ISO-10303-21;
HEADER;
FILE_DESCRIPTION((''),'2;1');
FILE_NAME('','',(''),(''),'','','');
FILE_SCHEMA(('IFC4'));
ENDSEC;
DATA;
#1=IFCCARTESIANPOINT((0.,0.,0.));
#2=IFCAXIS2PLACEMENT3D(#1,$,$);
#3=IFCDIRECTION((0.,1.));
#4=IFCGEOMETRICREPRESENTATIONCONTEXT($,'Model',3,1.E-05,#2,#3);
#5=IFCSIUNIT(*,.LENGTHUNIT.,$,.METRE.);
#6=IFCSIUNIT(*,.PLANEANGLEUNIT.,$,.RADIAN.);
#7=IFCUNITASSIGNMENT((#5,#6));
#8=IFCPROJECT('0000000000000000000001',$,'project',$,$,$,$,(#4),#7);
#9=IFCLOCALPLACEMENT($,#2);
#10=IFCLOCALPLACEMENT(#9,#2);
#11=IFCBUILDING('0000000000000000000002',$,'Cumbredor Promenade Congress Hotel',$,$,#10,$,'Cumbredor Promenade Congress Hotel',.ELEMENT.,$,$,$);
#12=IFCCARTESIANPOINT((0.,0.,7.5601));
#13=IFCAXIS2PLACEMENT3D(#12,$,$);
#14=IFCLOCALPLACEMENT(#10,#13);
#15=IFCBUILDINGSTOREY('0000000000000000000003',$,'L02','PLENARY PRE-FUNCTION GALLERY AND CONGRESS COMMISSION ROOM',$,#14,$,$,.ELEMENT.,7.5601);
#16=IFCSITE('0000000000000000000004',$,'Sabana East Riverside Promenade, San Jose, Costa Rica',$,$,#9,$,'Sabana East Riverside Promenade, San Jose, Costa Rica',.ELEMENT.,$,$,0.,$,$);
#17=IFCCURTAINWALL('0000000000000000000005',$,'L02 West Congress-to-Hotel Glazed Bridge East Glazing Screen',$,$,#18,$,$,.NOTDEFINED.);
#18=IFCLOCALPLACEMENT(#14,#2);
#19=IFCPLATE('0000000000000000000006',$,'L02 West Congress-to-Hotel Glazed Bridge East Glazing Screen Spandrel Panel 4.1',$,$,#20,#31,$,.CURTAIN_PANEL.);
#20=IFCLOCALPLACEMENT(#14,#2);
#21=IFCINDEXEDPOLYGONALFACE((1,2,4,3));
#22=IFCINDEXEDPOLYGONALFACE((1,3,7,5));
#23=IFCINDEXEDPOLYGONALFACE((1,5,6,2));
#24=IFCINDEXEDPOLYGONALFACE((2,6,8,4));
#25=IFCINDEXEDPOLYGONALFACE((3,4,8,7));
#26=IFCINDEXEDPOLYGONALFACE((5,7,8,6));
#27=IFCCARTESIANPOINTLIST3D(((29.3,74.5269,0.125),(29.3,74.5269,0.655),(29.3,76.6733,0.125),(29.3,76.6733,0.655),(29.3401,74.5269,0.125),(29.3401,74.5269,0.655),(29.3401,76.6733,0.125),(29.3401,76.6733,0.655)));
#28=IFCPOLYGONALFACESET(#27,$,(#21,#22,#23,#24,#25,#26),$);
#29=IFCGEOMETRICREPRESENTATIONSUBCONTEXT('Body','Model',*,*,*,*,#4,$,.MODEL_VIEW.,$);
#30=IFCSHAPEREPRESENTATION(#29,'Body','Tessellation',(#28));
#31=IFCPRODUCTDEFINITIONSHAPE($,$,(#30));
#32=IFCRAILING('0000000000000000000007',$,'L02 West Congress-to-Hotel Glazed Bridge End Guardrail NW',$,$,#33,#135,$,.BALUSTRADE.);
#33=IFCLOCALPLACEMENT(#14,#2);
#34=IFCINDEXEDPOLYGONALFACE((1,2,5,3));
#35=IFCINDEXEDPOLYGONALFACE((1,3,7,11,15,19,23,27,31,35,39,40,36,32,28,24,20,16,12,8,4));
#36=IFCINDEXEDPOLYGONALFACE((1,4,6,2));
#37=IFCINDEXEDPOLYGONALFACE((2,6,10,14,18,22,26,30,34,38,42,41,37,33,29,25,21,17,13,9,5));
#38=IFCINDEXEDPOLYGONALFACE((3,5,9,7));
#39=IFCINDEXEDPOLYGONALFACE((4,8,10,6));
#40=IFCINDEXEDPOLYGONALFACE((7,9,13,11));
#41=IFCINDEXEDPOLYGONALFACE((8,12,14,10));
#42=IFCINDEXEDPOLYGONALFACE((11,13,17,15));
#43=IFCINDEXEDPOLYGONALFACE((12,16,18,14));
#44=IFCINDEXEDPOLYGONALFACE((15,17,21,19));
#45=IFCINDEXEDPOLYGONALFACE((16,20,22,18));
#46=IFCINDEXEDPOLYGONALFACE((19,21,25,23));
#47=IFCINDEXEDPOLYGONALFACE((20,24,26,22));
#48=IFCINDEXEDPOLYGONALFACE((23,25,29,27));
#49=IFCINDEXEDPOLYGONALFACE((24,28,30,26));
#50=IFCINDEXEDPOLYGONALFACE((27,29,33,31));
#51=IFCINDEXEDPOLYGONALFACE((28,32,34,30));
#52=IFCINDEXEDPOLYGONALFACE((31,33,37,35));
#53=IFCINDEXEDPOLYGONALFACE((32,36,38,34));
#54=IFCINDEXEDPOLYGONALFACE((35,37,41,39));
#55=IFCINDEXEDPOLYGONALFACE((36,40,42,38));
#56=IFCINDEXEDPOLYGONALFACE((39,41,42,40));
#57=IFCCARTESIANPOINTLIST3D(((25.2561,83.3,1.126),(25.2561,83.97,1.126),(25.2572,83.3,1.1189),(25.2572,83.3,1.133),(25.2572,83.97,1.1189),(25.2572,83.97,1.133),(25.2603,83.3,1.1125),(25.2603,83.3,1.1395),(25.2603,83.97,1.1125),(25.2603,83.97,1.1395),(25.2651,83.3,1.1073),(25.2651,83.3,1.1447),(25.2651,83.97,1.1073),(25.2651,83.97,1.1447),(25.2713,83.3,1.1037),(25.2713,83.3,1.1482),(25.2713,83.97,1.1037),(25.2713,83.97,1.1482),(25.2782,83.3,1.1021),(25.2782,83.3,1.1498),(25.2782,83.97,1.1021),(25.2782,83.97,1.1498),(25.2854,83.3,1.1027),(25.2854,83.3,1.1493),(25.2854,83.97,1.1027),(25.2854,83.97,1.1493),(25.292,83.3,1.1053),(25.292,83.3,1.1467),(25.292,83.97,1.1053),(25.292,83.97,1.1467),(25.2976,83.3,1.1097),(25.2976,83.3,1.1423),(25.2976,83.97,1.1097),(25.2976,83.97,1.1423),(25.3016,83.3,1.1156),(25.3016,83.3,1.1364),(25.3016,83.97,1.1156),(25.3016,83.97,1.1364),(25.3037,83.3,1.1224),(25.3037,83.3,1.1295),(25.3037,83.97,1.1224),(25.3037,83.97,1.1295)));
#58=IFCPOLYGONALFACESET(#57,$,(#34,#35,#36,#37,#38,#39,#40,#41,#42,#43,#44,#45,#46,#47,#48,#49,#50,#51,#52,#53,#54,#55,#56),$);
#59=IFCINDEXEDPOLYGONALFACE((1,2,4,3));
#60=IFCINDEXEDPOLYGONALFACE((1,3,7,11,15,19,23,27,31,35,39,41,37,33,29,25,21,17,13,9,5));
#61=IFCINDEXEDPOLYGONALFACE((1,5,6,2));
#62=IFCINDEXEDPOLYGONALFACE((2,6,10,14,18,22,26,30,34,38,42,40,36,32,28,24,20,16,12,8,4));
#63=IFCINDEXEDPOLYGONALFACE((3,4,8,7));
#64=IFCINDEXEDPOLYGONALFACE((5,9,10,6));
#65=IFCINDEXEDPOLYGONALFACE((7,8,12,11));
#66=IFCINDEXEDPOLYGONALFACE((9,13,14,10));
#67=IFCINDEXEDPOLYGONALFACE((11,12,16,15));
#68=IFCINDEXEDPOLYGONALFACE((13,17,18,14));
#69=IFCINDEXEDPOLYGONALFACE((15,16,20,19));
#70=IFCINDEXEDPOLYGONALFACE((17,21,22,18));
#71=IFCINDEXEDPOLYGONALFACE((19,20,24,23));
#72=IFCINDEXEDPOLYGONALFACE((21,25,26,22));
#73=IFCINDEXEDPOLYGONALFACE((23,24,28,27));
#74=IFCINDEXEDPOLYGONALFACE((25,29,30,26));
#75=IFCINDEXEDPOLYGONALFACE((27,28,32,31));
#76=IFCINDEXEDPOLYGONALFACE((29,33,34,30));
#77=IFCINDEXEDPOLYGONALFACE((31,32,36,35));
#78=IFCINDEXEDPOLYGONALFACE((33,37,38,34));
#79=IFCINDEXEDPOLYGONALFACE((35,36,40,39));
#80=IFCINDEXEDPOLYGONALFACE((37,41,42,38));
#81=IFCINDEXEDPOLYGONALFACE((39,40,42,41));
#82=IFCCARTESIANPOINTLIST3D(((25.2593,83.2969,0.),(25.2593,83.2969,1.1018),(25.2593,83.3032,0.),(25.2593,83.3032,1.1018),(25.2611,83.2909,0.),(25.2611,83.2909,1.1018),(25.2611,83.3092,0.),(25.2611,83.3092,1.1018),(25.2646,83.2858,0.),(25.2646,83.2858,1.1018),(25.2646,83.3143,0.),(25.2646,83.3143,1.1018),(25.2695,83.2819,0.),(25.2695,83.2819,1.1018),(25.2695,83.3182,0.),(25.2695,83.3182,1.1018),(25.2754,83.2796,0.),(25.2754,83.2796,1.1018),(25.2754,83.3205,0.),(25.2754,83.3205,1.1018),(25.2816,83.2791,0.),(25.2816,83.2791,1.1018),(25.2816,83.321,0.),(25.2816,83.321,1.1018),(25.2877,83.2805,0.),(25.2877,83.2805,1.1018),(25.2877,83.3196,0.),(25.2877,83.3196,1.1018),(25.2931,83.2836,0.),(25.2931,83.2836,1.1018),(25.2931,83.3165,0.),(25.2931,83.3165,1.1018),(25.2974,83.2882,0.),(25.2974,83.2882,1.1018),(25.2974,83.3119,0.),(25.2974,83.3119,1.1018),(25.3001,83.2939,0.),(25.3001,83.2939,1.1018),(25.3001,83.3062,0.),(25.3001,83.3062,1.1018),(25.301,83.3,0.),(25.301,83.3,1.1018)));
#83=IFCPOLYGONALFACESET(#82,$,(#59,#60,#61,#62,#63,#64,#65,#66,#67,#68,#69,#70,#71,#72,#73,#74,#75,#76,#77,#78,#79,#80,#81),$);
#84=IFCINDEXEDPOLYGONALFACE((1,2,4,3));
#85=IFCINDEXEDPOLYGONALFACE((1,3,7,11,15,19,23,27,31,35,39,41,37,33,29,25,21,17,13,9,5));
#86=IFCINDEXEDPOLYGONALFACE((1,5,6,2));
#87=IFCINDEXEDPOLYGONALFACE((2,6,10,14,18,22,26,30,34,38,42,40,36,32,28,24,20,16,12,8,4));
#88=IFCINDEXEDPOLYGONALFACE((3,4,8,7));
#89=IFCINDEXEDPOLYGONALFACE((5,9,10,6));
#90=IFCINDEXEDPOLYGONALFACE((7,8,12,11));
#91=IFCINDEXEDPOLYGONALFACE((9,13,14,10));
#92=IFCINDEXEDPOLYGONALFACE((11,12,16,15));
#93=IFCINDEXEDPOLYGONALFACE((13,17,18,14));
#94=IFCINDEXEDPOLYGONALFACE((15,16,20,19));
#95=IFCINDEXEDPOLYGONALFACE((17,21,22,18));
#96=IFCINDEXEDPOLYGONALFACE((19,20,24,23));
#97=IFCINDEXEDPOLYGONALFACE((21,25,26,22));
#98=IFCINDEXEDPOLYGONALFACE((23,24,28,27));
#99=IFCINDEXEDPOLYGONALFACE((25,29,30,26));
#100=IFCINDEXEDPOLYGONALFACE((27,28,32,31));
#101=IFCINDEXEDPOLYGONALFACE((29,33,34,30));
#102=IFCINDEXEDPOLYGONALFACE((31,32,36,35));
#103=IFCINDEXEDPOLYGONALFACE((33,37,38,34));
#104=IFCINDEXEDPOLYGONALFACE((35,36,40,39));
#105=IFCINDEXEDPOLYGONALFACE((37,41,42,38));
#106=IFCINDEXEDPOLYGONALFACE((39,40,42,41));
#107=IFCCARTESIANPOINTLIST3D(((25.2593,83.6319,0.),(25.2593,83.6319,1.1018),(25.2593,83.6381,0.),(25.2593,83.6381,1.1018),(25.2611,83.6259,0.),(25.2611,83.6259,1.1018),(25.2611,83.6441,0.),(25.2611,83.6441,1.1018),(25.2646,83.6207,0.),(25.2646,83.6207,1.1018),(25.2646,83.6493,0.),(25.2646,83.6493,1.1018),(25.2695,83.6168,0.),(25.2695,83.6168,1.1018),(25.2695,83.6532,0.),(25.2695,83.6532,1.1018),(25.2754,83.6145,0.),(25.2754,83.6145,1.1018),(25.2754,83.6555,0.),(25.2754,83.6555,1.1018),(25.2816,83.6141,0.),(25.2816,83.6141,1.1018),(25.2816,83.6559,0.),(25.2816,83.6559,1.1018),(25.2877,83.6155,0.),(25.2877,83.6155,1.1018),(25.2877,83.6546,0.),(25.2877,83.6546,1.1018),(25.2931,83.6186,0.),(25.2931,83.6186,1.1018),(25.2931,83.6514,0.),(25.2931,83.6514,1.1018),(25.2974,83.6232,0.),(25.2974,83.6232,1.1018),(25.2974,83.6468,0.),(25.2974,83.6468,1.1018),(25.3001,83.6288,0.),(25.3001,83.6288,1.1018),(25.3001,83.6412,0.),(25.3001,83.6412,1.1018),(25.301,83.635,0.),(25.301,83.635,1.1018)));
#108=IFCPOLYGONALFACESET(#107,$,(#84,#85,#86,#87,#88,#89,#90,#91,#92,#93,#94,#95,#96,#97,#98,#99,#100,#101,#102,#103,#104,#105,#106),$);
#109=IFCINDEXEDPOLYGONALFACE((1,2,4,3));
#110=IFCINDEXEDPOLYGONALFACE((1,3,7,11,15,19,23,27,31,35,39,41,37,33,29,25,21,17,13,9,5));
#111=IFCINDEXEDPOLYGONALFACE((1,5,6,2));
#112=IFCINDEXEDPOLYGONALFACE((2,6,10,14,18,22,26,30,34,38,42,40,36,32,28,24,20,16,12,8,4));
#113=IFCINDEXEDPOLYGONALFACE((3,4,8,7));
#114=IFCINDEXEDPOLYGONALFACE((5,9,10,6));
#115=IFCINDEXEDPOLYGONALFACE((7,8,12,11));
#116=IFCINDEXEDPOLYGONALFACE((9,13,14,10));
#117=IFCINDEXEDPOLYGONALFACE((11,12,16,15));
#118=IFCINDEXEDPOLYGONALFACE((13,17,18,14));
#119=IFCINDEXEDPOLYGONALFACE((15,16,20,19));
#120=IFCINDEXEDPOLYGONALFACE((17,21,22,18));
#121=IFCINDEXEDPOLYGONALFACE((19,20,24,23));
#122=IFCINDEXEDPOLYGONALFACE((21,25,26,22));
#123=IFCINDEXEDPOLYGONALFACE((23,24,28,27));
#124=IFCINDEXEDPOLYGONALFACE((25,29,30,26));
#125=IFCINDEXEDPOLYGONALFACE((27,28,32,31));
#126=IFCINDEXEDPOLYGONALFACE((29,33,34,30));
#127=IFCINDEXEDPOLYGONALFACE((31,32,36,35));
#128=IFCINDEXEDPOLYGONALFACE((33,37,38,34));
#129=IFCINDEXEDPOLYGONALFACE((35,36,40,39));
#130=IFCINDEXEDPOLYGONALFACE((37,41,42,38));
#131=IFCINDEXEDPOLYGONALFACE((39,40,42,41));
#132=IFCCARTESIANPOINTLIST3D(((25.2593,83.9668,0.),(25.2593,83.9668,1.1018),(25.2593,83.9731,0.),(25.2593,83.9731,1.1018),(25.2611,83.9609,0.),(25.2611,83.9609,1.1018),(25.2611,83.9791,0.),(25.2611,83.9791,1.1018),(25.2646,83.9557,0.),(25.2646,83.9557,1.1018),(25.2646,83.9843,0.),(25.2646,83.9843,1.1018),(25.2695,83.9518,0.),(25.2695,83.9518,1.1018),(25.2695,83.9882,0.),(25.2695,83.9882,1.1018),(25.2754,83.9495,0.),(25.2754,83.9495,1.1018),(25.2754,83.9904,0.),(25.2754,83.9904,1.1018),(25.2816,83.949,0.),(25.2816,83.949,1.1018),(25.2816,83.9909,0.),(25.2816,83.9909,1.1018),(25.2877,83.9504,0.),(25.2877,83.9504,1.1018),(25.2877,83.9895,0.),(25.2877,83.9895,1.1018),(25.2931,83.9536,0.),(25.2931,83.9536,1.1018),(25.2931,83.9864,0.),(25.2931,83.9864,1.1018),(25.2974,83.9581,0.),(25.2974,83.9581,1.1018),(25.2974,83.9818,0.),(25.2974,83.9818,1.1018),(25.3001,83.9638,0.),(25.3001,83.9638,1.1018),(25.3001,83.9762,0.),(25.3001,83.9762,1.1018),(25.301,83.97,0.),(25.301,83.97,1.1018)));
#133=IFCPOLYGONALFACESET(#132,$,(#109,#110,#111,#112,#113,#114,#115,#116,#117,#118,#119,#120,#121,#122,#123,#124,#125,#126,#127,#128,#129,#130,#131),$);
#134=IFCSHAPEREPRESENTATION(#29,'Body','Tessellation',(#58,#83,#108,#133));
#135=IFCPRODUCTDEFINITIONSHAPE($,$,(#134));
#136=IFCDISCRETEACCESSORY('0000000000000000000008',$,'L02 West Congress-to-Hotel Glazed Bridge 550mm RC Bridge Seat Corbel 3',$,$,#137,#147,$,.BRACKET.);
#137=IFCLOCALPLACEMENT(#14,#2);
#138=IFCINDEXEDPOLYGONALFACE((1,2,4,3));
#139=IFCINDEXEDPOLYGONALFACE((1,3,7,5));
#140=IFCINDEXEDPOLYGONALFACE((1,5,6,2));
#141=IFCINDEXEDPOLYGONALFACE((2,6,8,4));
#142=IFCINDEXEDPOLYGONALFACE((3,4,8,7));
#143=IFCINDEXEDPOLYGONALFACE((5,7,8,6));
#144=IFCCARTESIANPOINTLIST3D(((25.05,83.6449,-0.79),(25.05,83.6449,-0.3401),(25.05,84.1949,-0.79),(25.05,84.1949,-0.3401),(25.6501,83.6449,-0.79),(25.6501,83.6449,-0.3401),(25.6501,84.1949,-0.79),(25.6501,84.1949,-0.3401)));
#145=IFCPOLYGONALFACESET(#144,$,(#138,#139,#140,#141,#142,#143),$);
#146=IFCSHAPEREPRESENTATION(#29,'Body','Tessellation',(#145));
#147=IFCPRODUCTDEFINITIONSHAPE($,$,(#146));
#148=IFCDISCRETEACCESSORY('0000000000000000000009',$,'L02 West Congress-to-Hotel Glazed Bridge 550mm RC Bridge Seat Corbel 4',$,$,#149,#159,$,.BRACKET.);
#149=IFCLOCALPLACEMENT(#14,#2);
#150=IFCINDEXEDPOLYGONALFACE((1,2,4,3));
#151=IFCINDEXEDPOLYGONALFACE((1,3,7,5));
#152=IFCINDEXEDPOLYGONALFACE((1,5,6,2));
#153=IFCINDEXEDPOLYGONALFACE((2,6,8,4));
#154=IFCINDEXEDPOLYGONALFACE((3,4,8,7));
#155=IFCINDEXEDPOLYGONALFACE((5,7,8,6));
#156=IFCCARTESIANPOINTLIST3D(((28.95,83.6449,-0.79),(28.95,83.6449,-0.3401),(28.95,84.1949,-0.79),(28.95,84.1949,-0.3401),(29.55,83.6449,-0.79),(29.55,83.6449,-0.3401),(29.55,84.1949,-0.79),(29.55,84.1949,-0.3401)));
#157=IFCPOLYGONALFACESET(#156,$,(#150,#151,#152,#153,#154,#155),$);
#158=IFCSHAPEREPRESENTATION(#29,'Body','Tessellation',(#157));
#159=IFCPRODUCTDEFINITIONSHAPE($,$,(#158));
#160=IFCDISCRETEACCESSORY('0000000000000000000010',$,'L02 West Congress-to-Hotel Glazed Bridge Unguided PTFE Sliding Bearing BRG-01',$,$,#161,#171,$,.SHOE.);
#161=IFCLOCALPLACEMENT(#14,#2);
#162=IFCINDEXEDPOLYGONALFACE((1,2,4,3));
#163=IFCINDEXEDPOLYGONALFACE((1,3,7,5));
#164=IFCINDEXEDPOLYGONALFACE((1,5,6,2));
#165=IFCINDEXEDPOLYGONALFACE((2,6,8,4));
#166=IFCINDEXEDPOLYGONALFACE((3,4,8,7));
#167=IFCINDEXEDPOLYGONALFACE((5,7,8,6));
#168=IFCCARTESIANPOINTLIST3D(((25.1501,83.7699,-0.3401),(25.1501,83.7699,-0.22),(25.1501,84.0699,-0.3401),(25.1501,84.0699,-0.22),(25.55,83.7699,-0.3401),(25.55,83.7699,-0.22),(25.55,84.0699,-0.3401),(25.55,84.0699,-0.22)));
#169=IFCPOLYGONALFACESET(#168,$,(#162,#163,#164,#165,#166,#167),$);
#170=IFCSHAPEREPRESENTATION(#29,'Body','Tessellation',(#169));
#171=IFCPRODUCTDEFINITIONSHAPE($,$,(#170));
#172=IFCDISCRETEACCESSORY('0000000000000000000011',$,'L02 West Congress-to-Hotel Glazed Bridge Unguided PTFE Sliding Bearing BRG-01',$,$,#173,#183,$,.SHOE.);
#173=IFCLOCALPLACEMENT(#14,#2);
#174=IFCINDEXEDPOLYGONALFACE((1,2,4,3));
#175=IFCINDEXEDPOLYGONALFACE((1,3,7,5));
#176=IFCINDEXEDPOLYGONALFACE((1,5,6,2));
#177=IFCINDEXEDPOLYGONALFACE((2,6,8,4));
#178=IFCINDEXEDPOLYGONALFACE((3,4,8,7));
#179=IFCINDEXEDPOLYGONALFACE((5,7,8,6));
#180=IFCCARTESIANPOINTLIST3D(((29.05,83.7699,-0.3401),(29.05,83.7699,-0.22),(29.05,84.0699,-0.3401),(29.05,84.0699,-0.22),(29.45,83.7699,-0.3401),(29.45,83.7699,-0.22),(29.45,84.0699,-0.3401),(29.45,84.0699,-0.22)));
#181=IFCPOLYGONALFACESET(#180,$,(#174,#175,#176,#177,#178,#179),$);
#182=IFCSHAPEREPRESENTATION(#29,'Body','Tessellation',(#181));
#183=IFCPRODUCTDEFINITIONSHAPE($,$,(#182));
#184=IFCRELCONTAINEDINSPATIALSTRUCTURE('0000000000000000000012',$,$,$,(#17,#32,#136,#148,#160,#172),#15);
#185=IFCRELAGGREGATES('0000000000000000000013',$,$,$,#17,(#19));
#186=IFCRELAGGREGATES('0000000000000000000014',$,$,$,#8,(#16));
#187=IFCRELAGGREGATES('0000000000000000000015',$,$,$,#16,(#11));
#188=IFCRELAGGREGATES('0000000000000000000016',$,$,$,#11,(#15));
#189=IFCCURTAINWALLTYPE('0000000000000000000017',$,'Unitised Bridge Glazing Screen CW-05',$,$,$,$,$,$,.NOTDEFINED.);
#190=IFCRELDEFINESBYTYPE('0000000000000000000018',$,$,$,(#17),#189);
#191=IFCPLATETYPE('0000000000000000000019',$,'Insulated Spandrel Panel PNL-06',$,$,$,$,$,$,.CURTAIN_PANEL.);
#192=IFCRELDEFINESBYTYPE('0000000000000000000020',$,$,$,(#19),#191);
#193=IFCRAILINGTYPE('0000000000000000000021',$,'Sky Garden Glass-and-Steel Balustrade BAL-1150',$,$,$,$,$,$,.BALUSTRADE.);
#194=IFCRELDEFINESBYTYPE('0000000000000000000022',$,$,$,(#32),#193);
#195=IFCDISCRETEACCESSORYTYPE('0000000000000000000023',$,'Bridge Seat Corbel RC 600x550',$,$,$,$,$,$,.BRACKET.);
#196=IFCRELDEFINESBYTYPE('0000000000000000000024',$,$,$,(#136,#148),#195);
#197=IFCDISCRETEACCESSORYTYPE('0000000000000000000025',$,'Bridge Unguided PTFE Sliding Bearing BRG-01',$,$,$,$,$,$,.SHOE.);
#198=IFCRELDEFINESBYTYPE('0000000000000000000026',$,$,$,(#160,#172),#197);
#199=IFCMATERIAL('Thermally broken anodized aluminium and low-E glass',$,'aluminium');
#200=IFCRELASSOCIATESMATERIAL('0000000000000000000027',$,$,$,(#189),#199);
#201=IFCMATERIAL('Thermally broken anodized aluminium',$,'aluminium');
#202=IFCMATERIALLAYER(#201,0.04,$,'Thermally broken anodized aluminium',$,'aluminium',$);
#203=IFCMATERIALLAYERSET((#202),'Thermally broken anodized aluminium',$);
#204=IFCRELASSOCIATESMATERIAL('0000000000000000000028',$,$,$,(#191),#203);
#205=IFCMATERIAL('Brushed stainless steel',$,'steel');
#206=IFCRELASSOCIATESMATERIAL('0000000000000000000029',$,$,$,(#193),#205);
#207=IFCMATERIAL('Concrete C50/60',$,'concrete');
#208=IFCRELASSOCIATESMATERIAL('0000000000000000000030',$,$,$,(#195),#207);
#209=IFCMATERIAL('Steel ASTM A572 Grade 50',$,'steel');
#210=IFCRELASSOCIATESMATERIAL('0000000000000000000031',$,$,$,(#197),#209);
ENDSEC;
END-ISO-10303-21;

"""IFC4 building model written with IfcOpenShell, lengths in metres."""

from ifc_helpers import new_model, si_unit, direction, frame, origin, origin_2d, place, context, subcontext, project, spatial, rectangle, circle, extrude, material, layer, layer_set, type_object, element, aggregate, save


model = new_model("IFC4")

# Units and contexts
model_context = context("Model", 3, precision=1e-05, world=origin(), true_north=direction((0.0, 1.0)))
body_context = subcontext(model_context, "Body", "Model", "MODEL_VIEW")
ifc_project = project(units=[si_unit("LENGTHUNIT", "METRE"), si_unit("PLANEANGLEUNIT", "RADIAN")], contexts=[model_context])

# Site, building, storey
site_placement = place(None, origin())
site = spatial("IfcSite", under=ifc_project, at=site_placement, Name="Sabana East Riverside Promenade, San Jose, Costa Rica", LongName="Sabana East Riverside Promenade, San Jose, Costa Rica", CompositionType="ELEMENT", RefElevation=0.0)
building_placement = place(site_placement, origin())
building = spatial("IfcBuilding", under=site, at=building_placement, Name="Cumbredor Promenade Congress Hotel", LongName="Cumbredor Promenade Congress Hotel", CompositionType="ELEMENT")
storey_placement = place(building_placement, frame((0.0, 0.0, 7.5601)))
storey = spatial("IfcBuildingStorey", under=building, at=storey_placement, Name="L02", Description="PLENARY PRE-FUNCTION GALLERY AND CONGRESS COMMISSION ROOM", CompositionType="ELEMENT", Elevation=7.5601)

# Curtain wall
ifc_material_1 = material(Name="Thermally broken anodized aluminium and low-E glass", Category="aluminium")
curtain_wall_type = type_object("IfcCurtainWallType", Name="Unitised Bridge Glazing Screen CW-05", PredefinedType="NOTDEFINED", material=ifc_material_1)
ifc_material_2 = material(Name="Thermally broken anodized aluminium", Category="aluminium")
curtain_wall_1_placement = place(storey_placement, origin())
curtain_wall_1 = element("IfcCurtainWall", 1, at=curtain_wall_1_placement, inside=storey, type_object=curtain_wall_type, Name="L02 West Congress-to-Hotel Glazed Bridge East Glazing Screen", PredefinedType="NOTDEFINED")

# Shared definitions
ifc_material_3 = material(Name="Steel ASTM A572 Grade 50", Category="steel")

# Plate
ifc_layer_1 = layer(ifc_material_2, 0.04, Name="Thermally broken anodized aluminium", Category="aluminium")
ifc_layer_set_1 = layer_set([ifc_layer_1], Name="Thermally broken anodized aluminium")
plate_type_1 = type_object("IfcPlateType", Name="Insulated Spandrel Panel PNL-06", PredefinedType="CURTAIN_PANEL", material=ifc_layer_set_1)
plate_1_placement = place(storey_placement, frame((29.3201, 75.6001, 0.125), z_axis=(0.0, 0.0, 1.0), x_axis=(0.0, 1.0, 0.0)))
plate_1 = element("IfcPlate", 2, at=plate_1_placement, type_object=plate_type_1, Name="L02 West Congress-to-Hotel Glazed Bridge East Glazing Screen Spandrel Panel 4.1", PredefinedType="CURTAIN_PANEL", context=body_context, shape_type="SweptSolid", body=[
    extrude(rectangle(XDim=2.1465, YDim=0.04, at=origin_2d()), origin(), (0.0, 0.0, 1.0), 0.53),
])
aggregate(curtain_wall_1, [plate_1])

# Railing
ifc_material_4 = material(Name="Brushed stainless steel", Category="steel")
railing_type = type_object("IfcRailingType", Name="Sky Garden Glass-and-Steel Balustrade BAL-1150", PredefinedType="BALUSTRADE", material=ifc_material_4)
railing_placement = place(storey_placement, frame((25.28, 83.3, 0.0)))
element("IfcRailing", 3, at=railing_placement, inside=storey, type_object=railing_type, Name="L02 West Congress-to-Hotel Glazed Bridge End Guardrail NW", PredefinedType="BALUSTRADE", context=body_context, shape_type="SweptSolid", body=[
    extrude(circle(Radius=0.0239, at=origin_2d()), frame((0.0, 0.0, 1.126), z_axis=(0.0, 1.0, 0.0), x_axis=(-1.0, 0.0, 0.0)), (0.0, 0.0, 1.0), 0.6699),
    extrude(circle(Radius=0.021, at=origin_2d()), origin(), (0.0, 0.0, 1.0), 1.1018),
    extrude(circle(Radius=0.021, at=origin_2d()), frame((0.0, 0.335, 0.0)), (0.0, 0.0, 1.0), 1.1018),
    extrude(circle(Radius=0.021, at=origin_2d()), frame((0.0, 0.6699, 0.0)), (0.0, 0.0, 1.0), 1.1018),
])

# Discrete accessories
ifc_material_5 = material(Name="Concrete C50/60", Category="concrete")
discrete_accessory_type_1 = type_object("IfcDiscreteAccessoryType", Name="Bridge Seat Corbel RC 600x550", PredefinedType="BRACKET", material=ifc_material_5)
for number, where, z_axis, x_axis, name in (
    (4, (25.3501, 83.9199, -0.79), (0.0, 0.0, 1.0), (0.0, 1.0, 0.0), "L02 West Congress-to-Hotel Glazed Bridge 550mm RC Bridge Seat Corbel 3"),
    (5, (29.25, 83.9199, -0.79), (0.0, 0.0, 1.0), (0.0, 1.0, 0.0), "L02 West Congress-to-Hotel Glazed Bridge 550mm RC Bridge Seat Corbel 4"),
):
    element("IfcDiscreteAccessory", number, at=place(storey_placement, frame(where, z_axis=z_axis, x_axis=x_axis)), inside=storey, type_object=discrete_accessory_type_1, Name=name, PredefinedType="BRACKET", context=body_context, shape_type="SweptSolid", body=[
        extrude(rectangle(XDim=0.55, YDim=0.6001, at=origin_2d()), origin(), (0.0, 0.0, 1.0), 0.45),
    ])
discrete_accessory_type_2 = type_object("IfcDiscreteAccessoryType", Name="Bridge Unguided PTFE Sliding Bearing BRG-01", PredefinedType="SHOE", material=ifc_material_3)
for number, where, z_axis, x_axis, name in (
    (6, (25.3501, 83.9199, -0.3401), (0.0, 0.0, 1.0), (0.0, 1.0, 0.0), "L02 West Congress-to-Hotel Glazed Bridge Unguided PTFE Sliding Bearing BRG-01"),
    (7, (29.25, 83.9199, -0.3401), (0.0, 0.0, 1.0), (0.0, 1.0, 0.0), "L02 West Congress-to-Hotel Glazed Bridge Unguided PTFE Sliding Bearing BRG-01"),
):
    element("IfcDiscreteAccessory", number, at=place(storey_placement, frame(where, z_axis=z_axis, x_axis=x_axis)), inside=storey, type_object=discrete_accessory_type_2, Name=name, PredefinedType="SHOE", context=body_context, shape_type="SweptSolid", body=[
        extrude(rectangle(XDim=0.3, YDim=0.3999, at=origin_2d()), origin(), (0.0, 0.0, 1.0), 0.1201),
    ])

save(model, "model.ifc")
